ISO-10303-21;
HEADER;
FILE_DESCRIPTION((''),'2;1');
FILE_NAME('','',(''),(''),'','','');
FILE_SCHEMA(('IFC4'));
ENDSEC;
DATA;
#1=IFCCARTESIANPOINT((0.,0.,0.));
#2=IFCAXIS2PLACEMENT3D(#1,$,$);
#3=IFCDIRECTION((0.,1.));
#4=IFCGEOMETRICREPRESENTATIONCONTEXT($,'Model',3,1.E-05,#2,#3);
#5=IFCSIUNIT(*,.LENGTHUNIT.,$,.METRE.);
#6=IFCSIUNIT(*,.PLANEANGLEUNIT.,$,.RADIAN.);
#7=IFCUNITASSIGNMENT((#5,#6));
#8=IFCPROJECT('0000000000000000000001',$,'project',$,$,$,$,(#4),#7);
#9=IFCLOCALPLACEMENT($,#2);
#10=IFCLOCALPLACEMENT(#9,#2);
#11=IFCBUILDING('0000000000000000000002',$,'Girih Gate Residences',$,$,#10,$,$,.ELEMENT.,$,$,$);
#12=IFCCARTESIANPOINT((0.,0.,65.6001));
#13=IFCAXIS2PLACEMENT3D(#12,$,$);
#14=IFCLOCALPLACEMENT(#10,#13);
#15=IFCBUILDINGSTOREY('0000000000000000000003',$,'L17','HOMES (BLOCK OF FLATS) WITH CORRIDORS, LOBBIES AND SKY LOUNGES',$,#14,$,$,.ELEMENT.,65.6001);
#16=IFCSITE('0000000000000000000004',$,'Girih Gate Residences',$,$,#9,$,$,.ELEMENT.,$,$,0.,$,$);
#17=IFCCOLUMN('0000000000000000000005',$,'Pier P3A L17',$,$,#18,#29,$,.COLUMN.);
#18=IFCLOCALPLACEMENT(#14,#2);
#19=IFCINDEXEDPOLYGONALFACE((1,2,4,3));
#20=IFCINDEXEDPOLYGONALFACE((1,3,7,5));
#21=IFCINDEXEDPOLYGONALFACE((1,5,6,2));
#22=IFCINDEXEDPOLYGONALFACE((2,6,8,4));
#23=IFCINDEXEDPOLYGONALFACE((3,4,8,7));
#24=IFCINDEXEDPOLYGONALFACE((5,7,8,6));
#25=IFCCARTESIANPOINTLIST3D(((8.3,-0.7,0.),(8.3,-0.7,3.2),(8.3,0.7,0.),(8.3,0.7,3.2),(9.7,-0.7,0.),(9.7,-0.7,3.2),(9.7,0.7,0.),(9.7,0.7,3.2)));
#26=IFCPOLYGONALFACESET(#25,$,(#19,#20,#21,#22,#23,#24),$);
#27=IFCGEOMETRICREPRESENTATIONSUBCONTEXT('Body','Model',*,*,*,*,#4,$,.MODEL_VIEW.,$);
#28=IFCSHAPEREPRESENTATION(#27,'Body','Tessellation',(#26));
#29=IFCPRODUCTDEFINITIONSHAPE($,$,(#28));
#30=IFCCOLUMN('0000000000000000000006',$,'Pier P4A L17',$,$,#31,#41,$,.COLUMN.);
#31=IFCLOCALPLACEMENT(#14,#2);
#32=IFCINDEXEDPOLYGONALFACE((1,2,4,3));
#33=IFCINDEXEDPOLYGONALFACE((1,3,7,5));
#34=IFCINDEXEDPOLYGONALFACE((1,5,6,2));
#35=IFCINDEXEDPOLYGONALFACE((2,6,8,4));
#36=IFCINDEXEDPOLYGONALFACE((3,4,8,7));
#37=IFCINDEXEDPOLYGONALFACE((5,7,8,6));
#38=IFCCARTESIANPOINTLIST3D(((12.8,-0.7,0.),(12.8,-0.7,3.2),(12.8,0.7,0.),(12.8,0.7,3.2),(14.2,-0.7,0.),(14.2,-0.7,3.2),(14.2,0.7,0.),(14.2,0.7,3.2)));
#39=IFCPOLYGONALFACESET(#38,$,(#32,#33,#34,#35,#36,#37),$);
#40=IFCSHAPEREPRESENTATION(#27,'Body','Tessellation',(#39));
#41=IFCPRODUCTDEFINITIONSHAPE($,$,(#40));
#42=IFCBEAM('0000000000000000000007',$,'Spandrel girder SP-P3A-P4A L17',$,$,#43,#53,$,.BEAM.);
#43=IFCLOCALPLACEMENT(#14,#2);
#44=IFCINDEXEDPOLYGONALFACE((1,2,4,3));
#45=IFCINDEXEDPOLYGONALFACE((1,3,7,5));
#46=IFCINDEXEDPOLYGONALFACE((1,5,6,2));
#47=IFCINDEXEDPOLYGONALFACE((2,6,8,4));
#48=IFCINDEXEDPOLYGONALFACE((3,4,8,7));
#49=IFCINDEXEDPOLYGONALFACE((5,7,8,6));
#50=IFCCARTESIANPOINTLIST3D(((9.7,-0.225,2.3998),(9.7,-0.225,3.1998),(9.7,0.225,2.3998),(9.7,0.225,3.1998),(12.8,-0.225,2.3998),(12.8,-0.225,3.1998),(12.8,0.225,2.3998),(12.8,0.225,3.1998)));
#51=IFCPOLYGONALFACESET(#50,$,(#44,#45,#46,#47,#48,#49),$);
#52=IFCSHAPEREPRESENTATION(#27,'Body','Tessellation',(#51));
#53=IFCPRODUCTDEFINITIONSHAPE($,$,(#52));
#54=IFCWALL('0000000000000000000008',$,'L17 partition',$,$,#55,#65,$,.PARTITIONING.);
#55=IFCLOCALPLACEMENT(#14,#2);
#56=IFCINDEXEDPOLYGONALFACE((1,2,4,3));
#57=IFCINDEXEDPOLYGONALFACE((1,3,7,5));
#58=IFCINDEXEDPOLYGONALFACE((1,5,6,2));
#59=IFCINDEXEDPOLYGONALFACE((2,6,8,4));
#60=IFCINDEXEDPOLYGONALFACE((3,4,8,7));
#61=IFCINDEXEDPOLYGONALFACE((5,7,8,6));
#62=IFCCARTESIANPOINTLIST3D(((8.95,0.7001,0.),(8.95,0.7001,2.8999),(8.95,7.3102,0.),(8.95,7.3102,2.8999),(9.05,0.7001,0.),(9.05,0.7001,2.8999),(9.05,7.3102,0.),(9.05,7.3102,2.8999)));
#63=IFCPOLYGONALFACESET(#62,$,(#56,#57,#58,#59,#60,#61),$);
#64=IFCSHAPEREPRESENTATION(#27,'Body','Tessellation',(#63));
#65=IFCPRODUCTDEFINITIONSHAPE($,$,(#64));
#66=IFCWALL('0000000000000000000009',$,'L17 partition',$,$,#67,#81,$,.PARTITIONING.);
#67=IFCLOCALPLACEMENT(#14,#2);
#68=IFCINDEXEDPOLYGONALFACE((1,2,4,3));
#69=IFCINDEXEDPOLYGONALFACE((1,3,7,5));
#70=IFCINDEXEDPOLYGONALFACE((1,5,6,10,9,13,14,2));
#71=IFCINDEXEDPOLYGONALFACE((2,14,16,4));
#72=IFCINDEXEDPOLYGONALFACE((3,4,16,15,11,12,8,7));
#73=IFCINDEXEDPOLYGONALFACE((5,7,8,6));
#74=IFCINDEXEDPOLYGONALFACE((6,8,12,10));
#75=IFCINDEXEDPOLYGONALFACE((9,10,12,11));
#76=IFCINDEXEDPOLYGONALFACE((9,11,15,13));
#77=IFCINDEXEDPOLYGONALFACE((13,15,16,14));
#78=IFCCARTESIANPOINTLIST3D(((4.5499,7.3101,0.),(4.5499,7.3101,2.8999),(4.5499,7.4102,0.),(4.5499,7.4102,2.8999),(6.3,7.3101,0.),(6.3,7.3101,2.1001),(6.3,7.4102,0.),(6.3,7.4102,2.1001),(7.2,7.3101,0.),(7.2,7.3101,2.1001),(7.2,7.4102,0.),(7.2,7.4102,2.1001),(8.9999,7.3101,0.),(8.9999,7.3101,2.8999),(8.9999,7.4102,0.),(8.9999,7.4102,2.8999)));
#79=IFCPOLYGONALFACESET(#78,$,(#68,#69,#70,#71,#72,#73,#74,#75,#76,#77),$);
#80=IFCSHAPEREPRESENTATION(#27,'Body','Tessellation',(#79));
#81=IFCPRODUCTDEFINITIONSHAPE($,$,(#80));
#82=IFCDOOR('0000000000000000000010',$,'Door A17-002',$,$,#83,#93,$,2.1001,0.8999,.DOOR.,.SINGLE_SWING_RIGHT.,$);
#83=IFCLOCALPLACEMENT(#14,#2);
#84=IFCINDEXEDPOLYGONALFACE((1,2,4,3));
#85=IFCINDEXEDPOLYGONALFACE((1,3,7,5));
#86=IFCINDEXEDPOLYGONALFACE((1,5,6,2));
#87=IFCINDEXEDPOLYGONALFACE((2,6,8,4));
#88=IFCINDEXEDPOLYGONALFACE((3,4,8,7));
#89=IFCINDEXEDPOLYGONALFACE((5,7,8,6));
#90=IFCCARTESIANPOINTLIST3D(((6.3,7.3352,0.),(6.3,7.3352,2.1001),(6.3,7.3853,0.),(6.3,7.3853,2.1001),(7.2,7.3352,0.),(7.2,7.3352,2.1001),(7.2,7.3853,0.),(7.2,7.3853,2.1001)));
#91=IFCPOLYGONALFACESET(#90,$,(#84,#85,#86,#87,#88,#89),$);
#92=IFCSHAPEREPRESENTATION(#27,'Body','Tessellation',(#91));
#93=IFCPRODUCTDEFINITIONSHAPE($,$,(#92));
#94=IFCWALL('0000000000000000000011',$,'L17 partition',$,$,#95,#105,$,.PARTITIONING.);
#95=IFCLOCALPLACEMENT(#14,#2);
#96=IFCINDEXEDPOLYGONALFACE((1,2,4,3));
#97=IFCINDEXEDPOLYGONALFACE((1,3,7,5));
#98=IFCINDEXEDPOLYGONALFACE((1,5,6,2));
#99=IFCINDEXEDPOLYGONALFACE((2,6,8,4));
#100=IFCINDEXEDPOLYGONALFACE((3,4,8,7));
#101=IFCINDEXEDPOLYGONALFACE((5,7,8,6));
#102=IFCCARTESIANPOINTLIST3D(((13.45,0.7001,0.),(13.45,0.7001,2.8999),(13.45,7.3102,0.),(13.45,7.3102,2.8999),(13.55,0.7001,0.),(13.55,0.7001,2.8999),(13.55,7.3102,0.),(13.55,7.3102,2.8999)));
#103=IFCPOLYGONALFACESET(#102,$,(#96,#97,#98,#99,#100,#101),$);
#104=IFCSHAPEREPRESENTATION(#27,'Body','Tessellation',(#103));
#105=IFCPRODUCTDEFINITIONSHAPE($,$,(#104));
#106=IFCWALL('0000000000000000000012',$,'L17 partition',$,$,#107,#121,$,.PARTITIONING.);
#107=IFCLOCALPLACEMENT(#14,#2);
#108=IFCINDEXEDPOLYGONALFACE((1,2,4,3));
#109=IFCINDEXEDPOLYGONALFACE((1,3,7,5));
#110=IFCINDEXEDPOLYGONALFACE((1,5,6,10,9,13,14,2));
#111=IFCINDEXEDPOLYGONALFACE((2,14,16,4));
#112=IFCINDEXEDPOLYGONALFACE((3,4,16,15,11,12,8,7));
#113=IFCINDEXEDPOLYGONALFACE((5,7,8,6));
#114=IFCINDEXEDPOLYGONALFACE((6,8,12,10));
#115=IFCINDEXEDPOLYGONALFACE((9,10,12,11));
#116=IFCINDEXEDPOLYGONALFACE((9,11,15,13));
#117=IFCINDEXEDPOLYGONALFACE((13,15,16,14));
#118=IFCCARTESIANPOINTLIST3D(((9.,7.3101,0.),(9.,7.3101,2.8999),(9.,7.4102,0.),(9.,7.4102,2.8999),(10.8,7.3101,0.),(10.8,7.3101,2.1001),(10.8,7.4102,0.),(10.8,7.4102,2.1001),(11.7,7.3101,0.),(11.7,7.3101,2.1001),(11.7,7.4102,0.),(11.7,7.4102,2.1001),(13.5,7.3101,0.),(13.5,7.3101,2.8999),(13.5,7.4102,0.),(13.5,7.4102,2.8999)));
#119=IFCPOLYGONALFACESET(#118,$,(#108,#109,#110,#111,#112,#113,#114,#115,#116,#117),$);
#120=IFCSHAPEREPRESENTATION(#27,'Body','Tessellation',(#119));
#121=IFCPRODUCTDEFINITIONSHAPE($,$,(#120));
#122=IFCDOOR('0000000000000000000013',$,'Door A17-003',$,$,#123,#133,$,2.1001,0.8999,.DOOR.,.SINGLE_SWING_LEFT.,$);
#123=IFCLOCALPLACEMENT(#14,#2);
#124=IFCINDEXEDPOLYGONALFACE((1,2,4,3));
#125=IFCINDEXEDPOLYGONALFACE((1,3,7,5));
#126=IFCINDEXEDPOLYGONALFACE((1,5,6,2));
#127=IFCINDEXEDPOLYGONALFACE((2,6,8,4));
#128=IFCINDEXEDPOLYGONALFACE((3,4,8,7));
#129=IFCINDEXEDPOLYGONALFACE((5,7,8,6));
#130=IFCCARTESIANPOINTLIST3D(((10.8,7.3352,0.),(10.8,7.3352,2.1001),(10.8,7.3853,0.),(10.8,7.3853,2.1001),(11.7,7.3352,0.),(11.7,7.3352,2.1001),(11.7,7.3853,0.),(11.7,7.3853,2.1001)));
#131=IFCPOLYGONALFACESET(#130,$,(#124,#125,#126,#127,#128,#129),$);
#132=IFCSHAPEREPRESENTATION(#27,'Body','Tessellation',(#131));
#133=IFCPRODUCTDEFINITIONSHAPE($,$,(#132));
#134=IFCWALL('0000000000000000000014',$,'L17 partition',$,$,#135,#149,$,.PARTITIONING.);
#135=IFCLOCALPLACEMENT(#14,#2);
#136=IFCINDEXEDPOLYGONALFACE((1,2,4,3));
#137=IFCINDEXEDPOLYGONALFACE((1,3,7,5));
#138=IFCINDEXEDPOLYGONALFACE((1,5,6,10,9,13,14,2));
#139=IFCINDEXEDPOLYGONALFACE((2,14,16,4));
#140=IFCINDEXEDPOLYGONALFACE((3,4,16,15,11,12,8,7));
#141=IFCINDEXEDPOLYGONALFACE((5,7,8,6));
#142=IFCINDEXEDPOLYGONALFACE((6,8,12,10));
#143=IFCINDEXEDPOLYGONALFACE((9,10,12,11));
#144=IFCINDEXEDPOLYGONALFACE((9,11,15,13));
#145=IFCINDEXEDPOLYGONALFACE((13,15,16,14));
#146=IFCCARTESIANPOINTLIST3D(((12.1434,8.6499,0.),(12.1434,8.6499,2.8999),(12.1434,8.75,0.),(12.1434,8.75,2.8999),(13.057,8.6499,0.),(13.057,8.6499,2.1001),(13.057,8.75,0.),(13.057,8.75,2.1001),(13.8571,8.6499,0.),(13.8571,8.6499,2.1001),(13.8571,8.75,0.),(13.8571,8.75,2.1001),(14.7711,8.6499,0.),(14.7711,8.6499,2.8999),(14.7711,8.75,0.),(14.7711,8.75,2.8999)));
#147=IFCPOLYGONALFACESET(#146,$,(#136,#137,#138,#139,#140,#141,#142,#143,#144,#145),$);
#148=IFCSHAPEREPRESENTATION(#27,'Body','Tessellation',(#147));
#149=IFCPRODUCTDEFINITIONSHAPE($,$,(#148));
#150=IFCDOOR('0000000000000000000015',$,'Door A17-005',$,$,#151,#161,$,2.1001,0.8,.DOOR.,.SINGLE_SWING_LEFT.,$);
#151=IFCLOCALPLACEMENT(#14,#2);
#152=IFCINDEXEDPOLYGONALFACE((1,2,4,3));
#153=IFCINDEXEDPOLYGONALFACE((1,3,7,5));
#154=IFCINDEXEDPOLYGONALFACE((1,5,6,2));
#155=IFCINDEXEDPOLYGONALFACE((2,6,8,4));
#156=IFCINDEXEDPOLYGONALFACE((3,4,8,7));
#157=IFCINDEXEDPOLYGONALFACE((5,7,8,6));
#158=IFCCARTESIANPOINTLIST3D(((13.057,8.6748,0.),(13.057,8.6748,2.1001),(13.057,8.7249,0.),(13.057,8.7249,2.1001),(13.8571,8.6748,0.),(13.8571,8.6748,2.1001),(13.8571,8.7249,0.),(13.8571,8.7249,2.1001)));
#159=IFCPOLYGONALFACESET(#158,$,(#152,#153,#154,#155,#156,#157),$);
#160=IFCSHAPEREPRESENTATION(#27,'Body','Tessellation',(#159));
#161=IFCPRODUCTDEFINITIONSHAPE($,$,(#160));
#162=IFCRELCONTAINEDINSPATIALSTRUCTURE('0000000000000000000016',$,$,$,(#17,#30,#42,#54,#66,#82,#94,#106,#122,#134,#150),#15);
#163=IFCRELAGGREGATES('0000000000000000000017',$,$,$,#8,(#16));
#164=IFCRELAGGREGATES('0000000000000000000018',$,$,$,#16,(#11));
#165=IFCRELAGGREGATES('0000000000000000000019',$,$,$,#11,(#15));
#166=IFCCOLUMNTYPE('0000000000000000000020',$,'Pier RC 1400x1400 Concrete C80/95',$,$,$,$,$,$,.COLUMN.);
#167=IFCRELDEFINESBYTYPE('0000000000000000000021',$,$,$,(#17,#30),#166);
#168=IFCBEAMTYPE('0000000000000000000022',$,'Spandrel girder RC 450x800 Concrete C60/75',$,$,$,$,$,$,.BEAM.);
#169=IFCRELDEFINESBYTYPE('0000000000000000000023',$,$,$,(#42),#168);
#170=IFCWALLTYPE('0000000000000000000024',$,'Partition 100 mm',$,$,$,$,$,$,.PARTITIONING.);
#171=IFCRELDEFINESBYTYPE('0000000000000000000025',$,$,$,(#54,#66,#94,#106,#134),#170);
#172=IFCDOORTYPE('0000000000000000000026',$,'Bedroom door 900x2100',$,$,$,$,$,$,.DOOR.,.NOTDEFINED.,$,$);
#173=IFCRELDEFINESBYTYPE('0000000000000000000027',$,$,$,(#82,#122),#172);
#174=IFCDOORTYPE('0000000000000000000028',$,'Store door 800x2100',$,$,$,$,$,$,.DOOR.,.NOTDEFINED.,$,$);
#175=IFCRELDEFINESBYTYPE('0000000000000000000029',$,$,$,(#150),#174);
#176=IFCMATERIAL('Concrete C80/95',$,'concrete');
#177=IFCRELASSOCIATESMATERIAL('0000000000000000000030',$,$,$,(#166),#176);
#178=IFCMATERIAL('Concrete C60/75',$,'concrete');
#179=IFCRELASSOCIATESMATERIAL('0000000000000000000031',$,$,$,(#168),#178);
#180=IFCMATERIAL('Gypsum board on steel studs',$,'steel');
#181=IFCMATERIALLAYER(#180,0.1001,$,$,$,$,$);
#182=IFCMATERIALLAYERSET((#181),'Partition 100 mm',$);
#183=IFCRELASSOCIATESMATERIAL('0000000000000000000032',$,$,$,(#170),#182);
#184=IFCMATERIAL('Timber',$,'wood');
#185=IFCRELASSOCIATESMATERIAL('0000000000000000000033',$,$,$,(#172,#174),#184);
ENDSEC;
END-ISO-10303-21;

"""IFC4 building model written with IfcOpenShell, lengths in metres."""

from ifc_helpers import new_model, si_unit, direction, frame, frame_2d, origin, origin_2d, place, context, subcontext, project, spatial, rectangle, extrude, material, layer, layer_set, material_profile, profile_set, type_object, element, fill, save


model = new_model("IFC4")

# Units and contexts
model_context = context("Model", 3, precision=1e-05, world=origin(), true_north=direction((0.0, 1.0)))
body_context = subcontext(model_context, "Body", "Model", "MODEL_VIEW")
ifc_project = project(units=[si_unit("LENGTHUNIT", "METRE"), si_unit("PLANEANGLEUNIT", "RADIAN")], contexts=[model_context])

# Site, building, storey
site_placement = place(None, origin())
site = spatial("IfcSite", under=ifc_project, at=site_placement, Name="Girih Gate Residences", CompositionType="ELEMENT", RefElevation=0.0)
building_placement = place(site_placement, origin())
building = spatial("IfcBuilding", under=site, at=building_placement, Name="Girih Gate Residences", CompositionType="ELEMENT")
storey_placement = place(building_placement, frame((0.0, 0.0, 65.6001)))
storey = spatial("IfcBuildingStorey", under=building, at=storey_placement, Name="L17", Description="HOMES (BLOCK OF FLATS) WITH CORRIDORS, LOBBIES AND SKY LOUNGES", CompositionType="ELEMENT", Elevation=65.6001)

# Columns
ifc_material_1 = material(Name="Concrete C80/95", Category="concrete")
ifc_material_profile_1 = material_profile(ifc_material_1, rectangle(XDim=1.3999, YDim=1.3999, at=origin_2d()))
ifc_profile_set_1 = profile_set([ifc_material_profile_1], Name="Concrete C80/95")
column_type = type_object("IfcColumnType", Name="Pier RC 1400x1400 Concrete C80/95", PredefinedType="COLUMN", material=ifc_profile_set_1)
for number, where, z_axis, x_axis, name in (
    (1, (9.0, 0.0, 0.0), (0.0, 0.0, 1.0), (1.0, 0.0, 0.0), "Pier P3A L17"),
    (2, (13.5, 0.0, 0.0), (0.0, 0.0, 1.0), (1.0, 0.0, 0.0), "Pier P4A L17"),
):
    element("IfcColumn", number, at=place(storey_placement, frame(where, z_axis=z_axis, x_axis=x_axis)), inside=storey, type_object=column_type, Name=name, PredefinedType="COLUMN", context=body_context, shape_type="SweptSolid", body=[
        extrude(rectangle(XDim=1.3999, YDim=1.3999, at=origin_2d()), origin(), (0.0, 0.0, 1.0), 3.2),
    ])

# Beam
ifc_material_2 = material(Name="Concrete C60/75", Category="concrete")
ifc_material_profile_2 = material_profile(ifc_material_2, rectangle(XDim=0.45, YDim=0.8, at=origin_2d()))
ifc_profile_set_2 = profile_set([ifc_material_profile_2], Name="Concrete C60/75")
beam_type = type_object("IfcBeamType", Name="Spandrel girder RC 450x800 Concrete C60/75", PredefinedType="BEAM", material=ifc_profile_set_2)
beam_placement = place(storey_placement, frame((9.7, 0.0, 2.7998), z_axis=(1.0, 0.0, 0.0), x_axis=(0.0, 1.0, 0.0)))
element("IfcBeam", 3, at=beam_placement, inside=storey, type_object=beam_type, Name="Spandrel girder SP-P3A-P4A L17", PredefinedType="BEAM", context=body_context, shape_type="SweptSolid", body=[
    extrude(rectangle(XDim=0.45, YDim=0.8, at=origin_2d()), origin(), (0.0, 0.0, 1.0), 3.1001),
])

# Wall
ifc_material_3 = material(Name="Gypsum board on steel studs", Category="steel")
ifc_layer_1 = layer(ifc_material_3, 0.1001)
ifc_layer_set_1 = layer_set([ifc_layer_1], Name="Partition 100 mm")
wall_type_1 = type_object("IfcWallType", Name="Partition 100 mm", PredefinedType="PARTITIONING", material=ifc_layer_set_1)
wall_1_placement = place(storey_placement, frame((9.0, 0.7, 0.0), z_axis=(0.0, 0.0, 1.0), x_axis=(0.0, 1.0, 0.0)))
element("IfcWall", 4, at=wall_1_placement, inside=storey, type_object=wall_type_1, Name="L17 partition", PredefinedType="PARTITIONING", context=body_context, shape_type="SweptSolid", body=[
    extrude(rectangle(XDim=6.6101, YDim=0.1001, at=frame_2d((3.3052, 0.0))), origin(), (0.0, 0.0, 1.0), 2.8999),
])

# Wall, opening, door
wall_2_placement = place(storey_placement, frame((9.0, 7.3601, 0.0), z_axis=(0.0, 0.0, 1.0), x_axis=(-1.0, 0.0, 0.0)))
wall_2 = element("IfcWall", 5, at=wall_2_placement, inside=storey, type_object=wall_type_1, Name="L17 partition", PredefinedType="PARTITIONING", context=body_context, shape_type="SweptSolid", body=[
    extrude(rectangle(XDim=4.45, YDim=0.1001, at=frame_2d((2.2251, 0.0))), origin(), (0.0, 0.0, 1.0), 2.8999),
])
opening_1_placement = place(wall_2_placement, frame((1.8, 0.0, 0.0)))
opening_1 = element("IfcOpeningElement", 6, at=opening_1_placement, cuts=wall_2, PredefinedType="OPENING", context=body_context, shape_type="SweptSolid", body=[
    extrude(rectangle(XDim=0.8999, YDim=2.1001, at=frame_2d((0.45, 1.05))), frame((0.0, 0.0601, 0.0), z_axis=(0.0, -1.0, 0.0), x_axis=(1.0, 0.0, 0.0)), (0.0, 0.0, 1.0), 0.1201),
])
ifc_material_4 = material(Name="Timber", Category="wood")
door_type_1 = type_object("IfcDoorType", Name="Bedroom door 900x2100", OperationType="NOTDEFINED", PredefinedType="DOOR", material=ifc_material_4)
door_1_placement = place(opening_1_placement, origin())
door_1 = element("IfcDoor", 7, at=door_1_placement, inside=storey, type_object=door_type_1, Name="Door A17-002", OperationType="SINGLE_SWING_RIGHT", OverallHeight=2.1001, OverallWidth=0.8999, PredefinedType="DOOR", context=body_context, shape_type="SweptSolid", body=[
    extrude(rectangle(XDim=0.8999, YDim=2.1001, at=frame_2d((0.45, 1.05))), frame((0.0, 0.0249, 0.0), z_axis=(0.0, -1.0, 0.0), x_axis=(1.0, 0.0, 0.0)), (0.0, 0.0, 1.0), 0.05),
])
fill(opening_1, door_1)

# Wall
wall_3_placement = place(storey_placement, frame((13.5, 0.7, 0.0), z_axis=(0.0, 0.0, 1.0), x_axis=(0.0, 1.0, 0.0)))
element("IfcWall", 8, at=wall_3_placement, inside=storey, type_object=wall_type_1, Name="L17 partition", PredefinedType="PARTITIONING", context=body_context, shape_type="SweptSolid", body=[
    extrude(rectangle(XDim=6.6101, YDim=0.1001, at=frame_2d((3.3052, 0.0))), origin(), (0.0, 0.0, 1.0), 2.8999),
])

# Walls, openings, doors
wall_4_placement = place(storey_placement, frame((13.5, 7.3601, 0.0), z_axis=(0.0, 0.0, 1.0), x_axis=(-1.0, 0.0, 0.0)))
wall_4 = element("IfcWall", 9, at=wall_4_placement, inside=storey, type_object=wall_type_1, Name="L17 partition", PredefinedType="PARTITIONING", context=body_context, shape_type="SweptSolid", body=[
    extrude(rectangle(XDim=4.5, YDim=0.1001, at=frame_2d((2.25, 0.0))), origin(), (0.0, 0.0, 1.0), 2.8999),
])
opening_2_placement = place(wall_4_placement, frame((1.8, 0.0, 0.0)))
opening_2 = element("IfcOpeningElement", 10, at=opening_2_placement, cuts=wall_4, PredefinedType="OPENING", context=body_context, shape_type="SweptSolid", body=[
    extrude(rectangle(XDim=0.8999, YDim=2.1001, at=frame_2d((0.45, 1.05))), frame((0.0, 0.0601, 0.0), z_axis=(0.0, -1.0, 0.0), x_axis=(1.0, 0.0, 0.0)), (0.0, 0.0, 1.0), 0.1201),
])
door_2_placement = place(opening_2_placement, origin())
door_2 = element("IfcDoor", 11, at=door_2_placement, inside=storey, type_object=door_type_1, Name="Door A17-003", OperationType="SINGLE_SWING_LEFT", OverallHeight=2.1001, OverallWidth=0.8999, PredefinedType="DOOR", context=body_context, shape_type="SweptSolid", body=[
    extrude(rectangle(XDim=0.8999, YDim=2.1001, at=frame_2d((0.45, 1.05))), frame((0.0, 0.0249, 0.0), z_axis=(0.0, -1.0, 0.0), x_axis=(1.0, 0.0, 0.0)), (0.0, 0.0, 1.0), 0.05),
])
fill(opening_2, door_2)
wall_5_placement = place(storey_placement, frame((12.1433, 8.7, 0.0), z_axis=(0.0, 0.0, 1.0), x_axis=(1.0, 0.0, 0.0)))
wall_5 = element("IfcWall", 12, at=wall_5_placement, inside=storey, type_object=wall_type_1, Name="L17 partition", PredefinedType="PARTITIONING", context=body_context, shape_type="SweptSolid", body=[
    extrude(rectangle(XDim=2.6277, YDim=0.1001, at=frame_2d((1.314, 0.0))), origin(), (0.0, 0.0, 1.0), 2.8999),
])
opening_3_placement = place(wall_5_placement, frame((0.9138, 0.0, 0.0)))
opening_3 = element("IfcOpeningElement", 13, at=opening_3_placement, cuts=wall_5, PredefinedType="OPENING", context=body_context, shape_type="SweptSolid", body=[
    extrude(rectangle(XDim=0.8, YDim=2.1001, at=frame_2d((0.3999, 1.05))), frame((0.0, 0.0601, 0.0), z_axis=(0.0, -1.0, 0.0), x_axis=(1.0, 0.0, 0.0)), (0.0, 0.0, 1.0), 0.1201),
])
door_type_2 = type_object("IfcDoorType", Name="Store door 800x2100", OperationType="NOTDEFINED", PredefinedType="DOOR", material=ifc_material_4)
door_3_placement = place(opening_3_placement, origin())
door_3 = element("IfcDoor", 14, at=door_3_placement, inside=storey, type_object=door_type_2, Name="Door A17-005", OperationType="SINGLE_SWING_LEFT", OverallHeight=2.1001, OverallWidth=0.8, PredefinedType="DOOR", context=body_context, shape_type="SweptSolid", body=[
    extrude(rectangle(XDim=0.8, YDim=2.1001, at=frame_2d((0.3999, 1.05))), frame((0.0, 0.0249, 0.0), z_axis=(0.0, -1.0, 0.0), x_axis=(1.0, 0.0, 0.0)), (0.0, 0.0, 1.0), 0.05),
])
fill(opening_3, door_3)

save(model, "model.ifc")
